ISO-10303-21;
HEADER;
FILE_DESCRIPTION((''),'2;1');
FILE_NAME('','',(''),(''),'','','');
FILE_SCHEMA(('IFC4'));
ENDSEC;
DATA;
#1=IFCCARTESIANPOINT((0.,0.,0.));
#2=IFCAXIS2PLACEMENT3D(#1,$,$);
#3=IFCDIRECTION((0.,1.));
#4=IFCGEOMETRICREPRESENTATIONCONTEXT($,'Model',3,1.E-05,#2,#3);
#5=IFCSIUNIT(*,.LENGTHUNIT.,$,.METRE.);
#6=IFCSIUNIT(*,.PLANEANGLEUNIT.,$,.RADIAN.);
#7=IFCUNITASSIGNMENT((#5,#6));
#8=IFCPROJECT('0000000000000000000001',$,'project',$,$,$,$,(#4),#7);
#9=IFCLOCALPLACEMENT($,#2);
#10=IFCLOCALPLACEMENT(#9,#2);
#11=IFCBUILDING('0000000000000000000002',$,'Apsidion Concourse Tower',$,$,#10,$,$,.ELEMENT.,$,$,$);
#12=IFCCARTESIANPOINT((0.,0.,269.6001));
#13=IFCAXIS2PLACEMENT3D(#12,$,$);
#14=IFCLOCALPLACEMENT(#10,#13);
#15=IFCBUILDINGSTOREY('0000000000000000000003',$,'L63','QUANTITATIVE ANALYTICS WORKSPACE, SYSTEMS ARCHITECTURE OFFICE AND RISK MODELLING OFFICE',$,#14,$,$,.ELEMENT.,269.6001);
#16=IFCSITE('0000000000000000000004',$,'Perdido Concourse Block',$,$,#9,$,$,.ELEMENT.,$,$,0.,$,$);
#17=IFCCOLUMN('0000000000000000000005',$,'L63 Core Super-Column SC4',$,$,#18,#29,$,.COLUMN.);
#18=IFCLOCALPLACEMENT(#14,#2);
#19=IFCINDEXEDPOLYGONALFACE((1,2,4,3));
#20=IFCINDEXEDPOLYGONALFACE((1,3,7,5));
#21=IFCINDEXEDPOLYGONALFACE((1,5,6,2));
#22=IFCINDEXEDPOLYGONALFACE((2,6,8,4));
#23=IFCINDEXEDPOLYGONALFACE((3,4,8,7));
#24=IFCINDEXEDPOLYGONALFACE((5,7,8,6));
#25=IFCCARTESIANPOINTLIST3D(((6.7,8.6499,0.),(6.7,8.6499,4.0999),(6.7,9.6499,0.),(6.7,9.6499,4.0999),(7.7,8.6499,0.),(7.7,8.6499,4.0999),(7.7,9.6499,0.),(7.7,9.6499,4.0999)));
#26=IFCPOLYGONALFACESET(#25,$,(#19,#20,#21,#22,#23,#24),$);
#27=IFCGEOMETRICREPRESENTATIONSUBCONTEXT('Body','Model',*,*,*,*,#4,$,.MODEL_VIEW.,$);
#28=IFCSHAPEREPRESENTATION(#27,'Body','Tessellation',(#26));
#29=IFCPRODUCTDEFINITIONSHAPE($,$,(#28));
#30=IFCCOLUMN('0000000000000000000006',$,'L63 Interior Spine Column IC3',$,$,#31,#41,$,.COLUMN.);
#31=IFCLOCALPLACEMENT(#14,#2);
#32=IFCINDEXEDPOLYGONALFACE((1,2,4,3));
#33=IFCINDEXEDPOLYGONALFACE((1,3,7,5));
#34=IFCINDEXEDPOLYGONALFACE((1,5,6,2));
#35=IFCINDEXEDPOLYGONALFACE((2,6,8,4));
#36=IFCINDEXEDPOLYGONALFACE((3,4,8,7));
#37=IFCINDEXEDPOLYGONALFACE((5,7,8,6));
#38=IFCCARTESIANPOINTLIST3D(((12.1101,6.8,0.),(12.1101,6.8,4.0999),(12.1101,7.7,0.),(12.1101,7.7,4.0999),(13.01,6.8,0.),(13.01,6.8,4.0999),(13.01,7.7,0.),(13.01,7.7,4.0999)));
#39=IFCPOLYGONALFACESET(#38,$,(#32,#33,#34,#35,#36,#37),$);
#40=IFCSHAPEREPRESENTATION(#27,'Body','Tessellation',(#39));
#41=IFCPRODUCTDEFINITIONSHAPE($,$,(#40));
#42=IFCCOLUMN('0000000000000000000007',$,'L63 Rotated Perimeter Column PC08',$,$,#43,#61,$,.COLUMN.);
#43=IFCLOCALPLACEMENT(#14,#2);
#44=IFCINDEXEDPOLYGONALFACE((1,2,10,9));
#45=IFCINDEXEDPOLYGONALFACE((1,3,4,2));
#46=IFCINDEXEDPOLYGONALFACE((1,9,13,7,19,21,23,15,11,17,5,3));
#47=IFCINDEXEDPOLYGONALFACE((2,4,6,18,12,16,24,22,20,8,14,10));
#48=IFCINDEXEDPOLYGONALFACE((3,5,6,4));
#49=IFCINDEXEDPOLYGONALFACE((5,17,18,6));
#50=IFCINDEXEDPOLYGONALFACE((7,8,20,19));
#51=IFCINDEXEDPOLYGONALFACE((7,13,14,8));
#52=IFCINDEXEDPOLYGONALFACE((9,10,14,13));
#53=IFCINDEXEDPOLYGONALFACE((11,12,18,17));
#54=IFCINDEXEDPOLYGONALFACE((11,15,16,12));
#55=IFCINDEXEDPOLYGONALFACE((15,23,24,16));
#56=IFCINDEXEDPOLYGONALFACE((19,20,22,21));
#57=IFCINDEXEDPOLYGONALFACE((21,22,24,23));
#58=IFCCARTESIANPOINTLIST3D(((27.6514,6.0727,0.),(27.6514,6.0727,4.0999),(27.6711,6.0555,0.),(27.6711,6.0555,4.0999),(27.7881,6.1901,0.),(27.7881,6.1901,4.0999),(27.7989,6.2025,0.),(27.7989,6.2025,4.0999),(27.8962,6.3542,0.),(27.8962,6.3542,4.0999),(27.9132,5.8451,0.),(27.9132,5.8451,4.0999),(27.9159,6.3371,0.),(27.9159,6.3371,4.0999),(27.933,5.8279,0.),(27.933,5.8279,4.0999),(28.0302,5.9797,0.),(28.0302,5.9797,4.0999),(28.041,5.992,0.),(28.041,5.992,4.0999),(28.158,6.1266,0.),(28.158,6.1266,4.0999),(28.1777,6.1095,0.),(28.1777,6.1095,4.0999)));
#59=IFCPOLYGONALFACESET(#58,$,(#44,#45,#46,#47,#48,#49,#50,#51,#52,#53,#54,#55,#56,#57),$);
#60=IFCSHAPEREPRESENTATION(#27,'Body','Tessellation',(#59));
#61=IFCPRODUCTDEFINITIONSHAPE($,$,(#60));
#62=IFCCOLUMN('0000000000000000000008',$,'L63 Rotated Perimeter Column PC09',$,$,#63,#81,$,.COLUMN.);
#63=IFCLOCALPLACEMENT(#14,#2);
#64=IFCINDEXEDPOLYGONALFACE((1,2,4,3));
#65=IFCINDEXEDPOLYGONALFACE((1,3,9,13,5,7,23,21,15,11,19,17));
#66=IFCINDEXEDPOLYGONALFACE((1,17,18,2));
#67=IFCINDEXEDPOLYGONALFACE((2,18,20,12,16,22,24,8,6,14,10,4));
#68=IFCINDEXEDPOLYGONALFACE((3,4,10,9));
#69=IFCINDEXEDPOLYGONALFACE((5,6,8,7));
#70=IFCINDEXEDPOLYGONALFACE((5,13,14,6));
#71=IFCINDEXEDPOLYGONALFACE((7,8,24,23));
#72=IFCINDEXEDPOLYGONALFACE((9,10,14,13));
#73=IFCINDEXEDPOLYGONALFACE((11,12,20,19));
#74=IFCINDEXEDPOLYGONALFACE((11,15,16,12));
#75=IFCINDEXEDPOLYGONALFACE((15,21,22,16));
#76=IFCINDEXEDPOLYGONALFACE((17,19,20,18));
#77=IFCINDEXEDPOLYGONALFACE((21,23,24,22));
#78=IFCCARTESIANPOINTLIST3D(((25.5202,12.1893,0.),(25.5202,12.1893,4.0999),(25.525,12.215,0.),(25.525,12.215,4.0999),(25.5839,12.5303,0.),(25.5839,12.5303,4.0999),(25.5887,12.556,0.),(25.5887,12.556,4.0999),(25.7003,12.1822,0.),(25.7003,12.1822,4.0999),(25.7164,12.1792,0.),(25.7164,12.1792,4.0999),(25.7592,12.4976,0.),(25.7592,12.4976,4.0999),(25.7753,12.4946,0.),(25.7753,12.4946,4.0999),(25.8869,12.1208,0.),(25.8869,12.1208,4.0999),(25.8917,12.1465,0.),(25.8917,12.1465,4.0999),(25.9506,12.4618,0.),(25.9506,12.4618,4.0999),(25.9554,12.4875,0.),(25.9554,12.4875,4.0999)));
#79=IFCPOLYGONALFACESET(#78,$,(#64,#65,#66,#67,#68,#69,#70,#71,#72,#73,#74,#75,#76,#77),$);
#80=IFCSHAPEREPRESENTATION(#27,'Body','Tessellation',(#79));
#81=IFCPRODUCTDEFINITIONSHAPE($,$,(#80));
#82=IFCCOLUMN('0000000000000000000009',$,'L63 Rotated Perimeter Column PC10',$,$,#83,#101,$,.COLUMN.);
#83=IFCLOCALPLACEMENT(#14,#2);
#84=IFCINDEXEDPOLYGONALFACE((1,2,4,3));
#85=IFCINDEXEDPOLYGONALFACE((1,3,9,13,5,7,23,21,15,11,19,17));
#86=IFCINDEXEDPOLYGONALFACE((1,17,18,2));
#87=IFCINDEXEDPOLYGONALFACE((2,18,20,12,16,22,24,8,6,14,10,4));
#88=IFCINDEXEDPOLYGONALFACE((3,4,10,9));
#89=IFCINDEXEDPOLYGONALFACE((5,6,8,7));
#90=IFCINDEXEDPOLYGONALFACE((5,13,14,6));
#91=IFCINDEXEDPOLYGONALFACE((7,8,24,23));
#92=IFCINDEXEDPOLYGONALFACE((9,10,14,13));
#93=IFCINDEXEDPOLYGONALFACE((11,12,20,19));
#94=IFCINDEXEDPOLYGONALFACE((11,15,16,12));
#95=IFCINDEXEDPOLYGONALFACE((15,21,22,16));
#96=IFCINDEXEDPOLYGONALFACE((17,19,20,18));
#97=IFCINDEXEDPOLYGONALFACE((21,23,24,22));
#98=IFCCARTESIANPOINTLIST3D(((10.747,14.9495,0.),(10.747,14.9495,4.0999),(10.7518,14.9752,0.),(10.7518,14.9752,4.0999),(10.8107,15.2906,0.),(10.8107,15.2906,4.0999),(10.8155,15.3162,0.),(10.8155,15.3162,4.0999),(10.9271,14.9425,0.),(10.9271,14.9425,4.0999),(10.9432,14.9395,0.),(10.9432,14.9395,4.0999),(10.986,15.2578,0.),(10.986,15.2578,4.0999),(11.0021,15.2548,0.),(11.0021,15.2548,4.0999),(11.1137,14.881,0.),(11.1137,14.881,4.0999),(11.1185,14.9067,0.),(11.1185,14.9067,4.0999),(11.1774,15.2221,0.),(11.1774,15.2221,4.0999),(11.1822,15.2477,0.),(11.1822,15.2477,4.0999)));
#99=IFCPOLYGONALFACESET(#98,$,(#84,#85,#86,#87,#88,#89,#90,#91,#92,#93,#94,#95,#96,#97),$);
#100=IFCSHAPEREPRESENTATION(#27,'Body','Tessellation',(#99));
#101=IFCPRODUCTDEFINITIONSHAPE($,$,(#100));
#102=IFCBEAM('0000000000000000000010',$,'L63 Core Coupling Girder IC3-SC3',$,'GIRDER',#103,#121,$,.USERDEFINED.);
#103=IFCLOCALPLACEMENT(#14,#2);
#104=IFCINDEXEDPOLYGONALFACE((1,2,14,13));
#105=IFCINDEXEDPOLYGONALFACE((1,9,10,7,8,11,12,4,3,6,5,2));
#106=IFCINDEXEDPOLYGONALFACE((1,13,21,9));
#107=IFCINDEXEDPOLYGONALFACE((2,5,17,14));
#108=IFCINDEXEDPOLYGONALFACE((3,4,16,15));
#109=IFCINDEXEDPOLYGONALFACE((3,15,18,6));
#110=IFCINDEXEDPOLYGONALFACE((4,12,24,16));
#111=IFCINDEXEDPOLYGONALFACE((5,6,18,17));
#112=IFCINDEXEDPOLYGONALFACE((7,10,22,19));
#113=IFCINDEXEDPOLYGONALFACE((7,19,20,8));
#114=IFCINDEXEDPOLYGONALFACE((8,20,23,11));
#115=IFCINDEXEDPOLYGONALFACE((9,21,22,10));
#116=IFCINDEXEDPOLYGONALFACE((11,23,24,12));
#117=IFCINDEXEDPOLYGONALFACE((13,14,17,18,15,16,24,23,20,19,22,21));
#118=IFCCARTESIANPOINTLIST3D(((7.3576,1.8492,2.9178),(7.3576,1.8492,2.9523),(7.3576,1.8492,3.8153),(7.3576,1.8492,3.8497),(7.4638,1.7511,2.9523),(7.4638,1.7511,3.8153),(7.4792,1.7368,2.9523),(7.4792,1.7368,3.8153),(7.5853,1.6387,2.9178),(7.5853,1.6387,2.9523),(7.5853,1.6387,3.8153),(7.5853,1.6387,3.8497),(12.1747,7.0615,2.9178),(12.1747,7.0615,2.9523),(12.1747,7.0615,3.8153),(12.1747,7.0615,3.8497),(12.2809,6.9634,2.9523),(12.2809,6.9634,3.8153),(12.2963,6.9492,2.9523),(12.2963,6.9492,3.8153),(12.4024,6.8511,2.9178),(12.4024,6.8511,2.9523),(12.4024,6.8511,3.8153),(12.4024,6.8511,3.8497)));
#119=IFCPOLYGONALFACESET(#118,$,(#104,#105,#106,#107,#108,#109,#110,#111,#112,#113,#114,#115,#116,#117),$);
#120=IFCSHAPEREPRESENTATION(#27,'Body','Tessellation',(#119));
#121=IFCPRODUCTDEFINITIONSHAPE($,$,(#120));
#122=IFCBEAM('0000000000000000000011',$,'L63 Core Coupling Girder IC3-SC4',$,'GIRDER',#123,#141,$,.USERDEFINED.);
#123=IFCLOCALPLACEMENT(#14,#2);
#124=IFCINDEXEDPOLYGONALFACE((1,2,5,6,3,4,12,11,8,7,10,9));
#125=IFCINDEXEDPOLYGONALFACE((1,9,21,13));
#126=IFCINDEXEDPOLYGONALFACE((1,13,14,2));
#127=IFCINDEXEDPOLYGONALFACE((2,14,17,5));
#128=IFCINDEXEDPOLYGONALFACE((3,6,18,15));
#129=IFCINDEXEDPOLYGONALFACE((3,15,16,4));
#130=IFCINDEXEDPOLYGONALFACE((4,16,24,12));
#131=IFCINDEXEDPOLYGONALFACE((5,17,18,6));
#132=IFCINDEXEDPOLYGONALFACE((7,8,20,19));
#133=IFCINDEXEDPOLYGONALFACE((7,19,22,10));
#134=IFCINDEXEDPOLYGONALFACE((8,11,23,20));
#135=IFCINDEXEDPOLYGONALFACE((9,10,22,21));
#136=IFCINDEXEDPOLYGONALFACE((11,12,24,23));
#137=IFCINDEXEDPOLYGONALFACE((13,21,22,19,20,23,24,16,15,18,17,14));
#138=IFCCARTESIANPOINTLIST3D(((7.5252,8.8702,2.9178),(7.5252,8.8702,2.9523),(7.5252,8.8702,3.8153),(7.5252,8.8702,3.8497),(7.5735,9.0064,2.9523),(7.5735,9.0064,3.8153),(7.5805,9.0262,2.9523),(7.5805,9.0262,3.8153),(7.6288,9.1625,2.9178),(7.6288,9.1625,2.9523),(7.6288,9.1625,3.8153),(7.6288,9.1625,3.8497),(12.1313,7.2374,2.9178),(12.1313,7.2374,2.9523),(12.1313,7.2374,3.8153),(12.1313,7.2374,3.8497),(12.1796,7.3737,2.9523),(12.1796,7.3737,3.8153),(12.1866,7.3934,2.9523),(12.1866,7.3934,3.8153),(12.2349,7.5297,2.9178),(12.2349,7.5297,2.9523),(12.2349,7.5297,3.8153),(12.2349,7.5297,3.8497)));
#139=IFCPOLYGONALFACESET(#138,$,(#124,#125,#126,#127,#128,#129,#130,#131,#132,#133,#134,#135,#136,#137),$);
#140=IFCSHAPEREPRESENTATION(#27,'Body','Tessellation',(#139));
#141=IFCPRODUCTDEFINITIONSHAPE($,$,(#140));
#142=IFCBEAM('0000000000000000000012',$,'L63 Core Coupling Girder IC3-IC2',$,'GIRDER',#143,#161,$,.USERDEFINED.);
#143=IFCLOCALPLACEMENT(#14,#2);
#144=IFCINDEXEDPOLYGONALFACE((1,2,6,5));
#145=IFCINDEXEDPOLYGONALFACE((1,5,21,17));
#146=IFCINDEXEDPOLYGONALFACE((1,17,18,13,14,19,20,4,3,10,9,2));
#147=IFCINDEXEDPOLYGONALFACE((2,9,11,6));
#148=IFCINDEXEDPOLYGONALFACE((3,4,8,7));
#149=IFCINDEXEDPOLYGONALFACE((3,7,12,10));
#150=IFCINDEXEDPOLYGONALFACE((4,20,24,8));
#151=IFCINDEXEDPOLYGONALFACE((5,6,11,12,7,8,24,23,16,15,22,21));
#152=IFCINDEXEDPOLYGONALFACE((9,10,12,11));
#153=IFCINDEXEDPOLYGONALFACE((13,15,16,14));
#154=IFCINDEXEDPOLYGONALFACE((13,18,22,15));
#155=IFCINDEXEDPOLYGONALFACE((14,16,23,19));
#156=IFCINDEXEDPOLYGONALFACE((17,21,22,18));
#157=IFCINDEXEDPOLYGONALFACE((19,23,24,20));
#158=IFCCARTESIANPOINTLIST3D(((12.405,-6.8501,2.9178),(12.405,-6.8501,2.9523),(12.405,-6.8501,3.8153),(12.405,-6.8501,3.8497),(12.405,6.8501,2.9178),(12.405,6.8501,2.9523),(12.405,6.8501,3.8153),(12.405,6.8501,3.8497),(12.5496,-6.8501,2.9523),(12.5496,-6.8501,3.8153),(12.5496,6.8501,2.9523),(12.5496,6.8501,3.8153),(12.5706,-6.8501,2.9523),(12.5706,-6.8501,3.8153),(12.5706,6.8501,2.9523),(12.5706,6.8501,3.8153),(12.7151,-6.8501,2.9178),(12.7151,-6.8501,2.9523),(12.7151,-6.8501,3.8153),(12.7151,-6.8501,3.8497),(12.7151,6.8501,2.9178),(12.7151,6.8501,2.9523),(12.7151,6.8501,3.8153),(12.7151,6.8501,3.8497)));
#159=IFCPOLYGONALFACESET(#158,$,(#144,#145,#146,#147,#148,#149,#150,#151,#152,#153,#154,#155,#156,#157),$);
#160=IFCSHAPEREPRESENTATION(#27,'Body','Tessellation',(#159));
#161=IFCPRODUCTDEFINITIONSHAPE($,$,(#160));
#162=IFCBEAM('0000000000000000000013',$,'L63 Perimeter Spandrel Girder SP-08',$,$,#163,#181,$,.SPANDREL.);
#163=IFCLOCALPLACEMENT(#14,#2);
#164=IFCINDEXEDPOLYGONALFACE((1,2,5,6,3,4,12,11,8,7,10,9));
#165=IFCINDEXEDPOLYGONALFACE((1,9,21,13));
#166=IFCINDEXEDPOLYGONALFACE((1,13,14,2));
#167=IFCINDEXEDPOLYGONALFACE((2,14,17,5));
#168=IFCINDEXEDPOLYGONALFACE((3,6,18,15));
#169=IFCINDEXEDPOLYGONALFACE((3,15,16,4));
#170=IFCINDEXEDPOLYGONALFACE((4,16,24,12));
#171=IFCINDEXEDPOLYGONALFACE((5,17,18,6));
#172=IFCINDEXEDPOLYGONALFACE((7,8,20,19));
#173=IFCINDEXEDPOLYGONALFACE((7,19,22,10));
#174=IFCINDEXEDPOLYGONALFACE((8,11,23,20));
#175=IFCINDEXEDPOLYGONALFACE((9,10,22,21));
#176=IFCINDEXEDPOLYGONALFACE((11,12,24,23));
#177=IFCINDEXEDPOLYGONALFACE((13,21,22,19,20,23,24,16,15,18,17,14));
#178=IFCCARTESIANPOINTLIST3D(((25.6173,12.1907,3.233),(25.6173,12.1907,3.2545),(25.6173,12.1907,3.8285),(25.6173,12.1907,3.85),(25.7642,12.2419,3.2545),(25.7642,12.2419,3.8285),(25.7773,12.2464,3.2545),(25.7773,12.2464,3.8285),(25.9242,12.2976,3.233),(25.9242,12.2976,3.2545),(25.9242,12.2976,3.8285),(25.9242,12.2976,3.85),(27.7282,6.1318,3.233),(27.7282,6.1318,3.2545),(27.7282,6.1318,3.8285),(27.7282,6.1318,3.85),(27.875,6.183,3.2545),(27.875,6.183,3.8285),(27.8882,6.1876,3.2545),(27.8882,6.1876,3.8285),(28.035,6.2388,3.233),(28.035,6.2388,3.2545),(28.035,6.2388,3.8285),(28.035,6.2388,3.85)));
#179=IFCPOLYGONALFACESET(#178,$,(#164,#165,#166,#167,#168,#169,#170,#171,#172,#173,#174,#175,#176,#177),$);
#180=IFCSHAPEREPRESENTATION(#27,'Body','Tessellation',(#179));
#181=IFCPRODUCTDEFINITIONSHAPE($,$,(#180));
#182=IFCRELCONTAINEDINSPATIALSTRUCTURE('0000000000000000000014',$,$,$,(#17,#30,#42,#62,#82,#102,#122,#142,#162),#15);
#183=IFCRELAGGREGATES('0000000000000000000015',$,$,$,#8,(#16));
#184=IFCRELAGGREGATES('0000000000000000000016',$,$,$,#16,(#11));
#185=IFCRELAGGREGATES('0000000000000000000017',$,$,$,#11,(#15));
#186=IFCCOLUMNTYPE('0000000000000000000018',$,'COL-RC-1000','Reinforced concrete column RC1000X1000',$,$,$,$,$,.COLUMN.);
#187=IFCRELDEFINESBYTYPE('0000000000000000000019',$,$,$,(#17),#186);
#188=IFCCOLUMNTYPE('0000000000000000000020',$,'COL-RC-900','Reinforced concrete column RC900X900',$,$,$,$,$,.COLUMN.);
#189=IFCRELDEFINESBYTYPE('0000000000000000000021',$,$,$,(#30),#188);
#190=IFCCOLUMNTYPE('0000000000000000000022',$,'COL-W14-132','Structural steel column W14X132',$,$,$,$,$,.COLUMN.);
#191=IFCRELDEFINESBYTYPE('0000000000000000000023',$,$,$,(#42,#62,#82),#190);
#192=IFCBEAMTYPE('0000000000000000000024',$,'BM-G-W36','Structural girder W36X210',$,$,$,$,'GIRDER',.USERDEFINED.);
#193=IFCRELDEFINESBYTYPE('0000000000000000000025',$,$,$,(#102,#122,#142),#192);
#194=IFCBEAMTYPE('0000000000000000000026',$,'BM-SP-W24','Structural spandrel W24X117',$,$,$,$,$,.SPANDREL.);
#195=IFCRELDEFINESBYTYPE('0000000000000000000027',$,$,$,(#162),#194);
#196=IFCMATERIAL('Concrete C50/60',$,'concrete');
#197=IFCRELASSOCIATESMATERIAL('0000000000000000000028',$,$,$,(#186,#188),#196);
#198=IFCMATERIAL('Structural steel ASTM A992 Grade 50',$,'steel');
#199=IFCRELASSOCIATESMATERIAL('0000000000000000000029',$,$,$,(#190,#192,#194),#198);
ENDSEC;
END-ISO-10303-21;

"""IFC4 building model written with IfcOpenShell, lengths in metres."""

from ifc_helpers import new_model, si_unit, direction, frame, origin, origin_2d, place, context, subcontext, project, spatial, rectangle, i_section, extrude, material, material_profile, profile_set, type_object, element, save


model = new_model("IFC4")

# Units and contexts
model_context = context("Model", 3, precision=1e-05, world=origin(), true_north=direction((0.0, 1.0)))
body_context = subcontext(model_context, "Body", "Model", "MODEL_VIEW")
ifc_project = project(units=[si_unit("LENGTHUNIT", "METRE"), si_unit("PLANEANGLEUNIT", "RADIAN")], contexts=[model_context])

# Site, building, storey
site_placement = place(None, origin())
site = spatial("IfcSite", under=ifc_project, at=site_placement, Name="Perdido Concourse Block", CompositionType="ELEMENT", RefElevation=0.0)
building_placement = place(site_placement, origin())
building = spatial("IfcBuilding", under=site, at=building_placement, Name="Apsidion Concourse Tower", CompositionType="ELEMENT")
storey_placement = place(building_placement, frame((0.0, 0.0, 269.6001)))
storey = spatial("IfcBuildingStorey", under=building, at=storey_placement, Name="L63", Description="QUANTITATIVE ANALYTICS WORKSPACE, SYSTEMS ARCHITECTURE OFFICE AND RISK MODELLING OFFICE", CompositionType="ELEMENT", Elevation=269.6001)

# Columns
ifc_material_1 = material(Name="Concrete C50/60", Category="concrete")
ifc_material_profile_1 = material_profile(ifc_material_1, rectangle(XDim=1.0, YDim=1.0, at=origin_2d()), Name="RC 1000x1000")
ifc_profile_set_1 = profile_set([ifc_material_profile_1], Name="Concrete C50/60")
column_type_1 = type_object("IfcColumnType", Name="COL-RC-1000", Description="Reinforced concrete column RC1000X1000", PredefinedType="COLUMN", material=ifc_profile_set_1)
column_1_placement = place(storey_placement, frame((7.2, 9.1499, 0.0), z_axis=(0.0, 0.0, 1.0), x_axis=(1.0, 0.0, 0.0)))
element("IfcColumn", 1, at=column_1_placement, inside=storey, type_object=column_type_1, Name="L63 Core Super-Column SC4", PredefinedType="COLUMN", context=body_context, shape_type="SweptSolid", body=[
    extrude(rectangle(XDim=1.0, YDim=1.0, at=origin_2d()), origin(), (0.0, 0.0, 1.0), 4.0999),
])
ifc_material_profile_2 = material_profile(ifc_material_1, rectangle(XDim=0.8999, YDim=0.8999, at=origin_2d()), Name="RC 900x900")
ifc_profile_set_2 = profile_set([ifc_material_profile_2], Name="Concrete C50/60")
column_type_2 = type_object("IfcColumnType", Name="COL-RC-900", Description="Reinforced concrete column RC900X900", PredefinedType="COLUMN", material=ifc_profile_set_2)
column_2_placement = place(storey_placement, frame((12.5601, 7.25, 0.0), z_axis=(0.0, 0.0, 1.0), x_axis=(1.0, 0.0, 0.0)))
element("IfcColumn", 2, at=column_2_placement, inside=storey, type_object=column_type_2, Name="L63 Interior Spine Column IC3", PredefinedType="COLUMN", context=body_context, shape_type="SweptSolid", body=[
    extrude(rectangle(XDim=0.8999, YDim=0.8999, at=origin_2d()), origin(), (0.0, 0.0, 1.0), 4.0999),
])
ifc_material_2 = material(Name="Structural steel ASTM A992 Grade 50", Category="steel")
ifc_material_profile_3 = material_profile(ifc_material_2, i_section(OverallWidth=0.373, OverallDepth=0.373, WebThickness=0.0164, FlangeThickness=0.0261, at=origin_2d()), Name="W14X132")
ifc_profile_set_3 = profile_set([ifc_material_profile_3], Name="Structural steel ASTM A992 Grade 50")
column_type_3 = type_object("IfcColumnType", Name="COL-W14-132", Description="Structural steel column W14X132", PredefinedType="COLUMN", material=ifc_profile_set_3)
for number, where, z_axis, x_axis, name in (
    (3, (27.9146, 6.0911, 0.0), (0.0, 0.0, 1.0), (0.656059, 0.75471, 0.0), "L63 Rotated Perimeter Column PC08"),
    (4, (25.7378, 12.3384, 0.0), (0.0, 0.0, 1.0), (-0.983, 0.183608, 0.0), "L63 Rotated Perimeter Column PC09"),
    (5, (10.9646, 15.0986, 0.0), (0.0, 0.0, 1.0), (-0.983, 0.183608, 0.0), "L63 Rotated Perimeter Column PC10"),
):
    element("IfcColumn", number, at=place(storey_placement, frame(where, z_axis=z_axis, x_axis=x_axis)), inside=storey, type_object=column_type_3, Name=name, PredefinedType="COLUMN", context=body_context, shape_type="SweptSolid", body=[
        extrude(i_section(OverallWidth=0.373, OverallDepth=0.373, WebThickness=0.0164, FlangeThickness=0.0261, at=origin_2d()), origin(), (0.0, 0.0, 1.0), 4.0999),
    ])

# Beams
ifc_material_profile_4 = material_profile(ifc_material_2, i_section(OverallWidth=0.3101, OverallDepth=0.9319, WebThickness=0.021, FlangeThickness=0.0344, at=origin_2d()), Name="W36X210")
ifc_profile_set_4 = profile_set([ifc_material_profile_4], Name="Structural steel ASTM A992 Grade 50")
beam_type_1 = type_object("IfcBeamType", Name="BM-G-W36", Description="Structural girder W36X210", ElementType="GIRDER", PredefinedType="USERDEFINED", material=ifc_profile_set_4)
beam_1_placement = place(storey_placement, frame((12.2886, 6.9563, 3.3838), z_axis=(-0.678713, -0.734404, 0.0), x_axis=(0.734404, -0.678713, 0.0)))
element("IfcBeam", 6, at=beam_1_placement, inside=storey, type_object=beam_type_1, Name="L63 Core Coupling Girder IC3-SC3", ObjectType="GIRDER", PredefinedType="USERDEFINED", context=body_context, shape_type="SweptSolid", body=[
    extrude(i_section(OverallWidth=0.3101, OverallDepth=0.9319, WebThickness=0.021, FlangeThickness=0.0344, at=origin_2d()), origin(), (0.0, 0.0, 1.0), 7.0974),
])
beam_2_placement = place(storey_placement, frame((12.1831, 7.3835, 3.3838), z_axis=(-0.942534, 0.334111, 0.0), x_axis=(-0.334111, -0.942534, 0.0)))
element("IfcBeam", 7, at=beam_2_placement, inside=storey, type_object=beam_type_1, Name="L63 Core Coupling Girder IC3-SC4", ObjectType="GIRDER", PredefinedType="USERDEFINED", context=body_context, shape_type="SweptSolid", body=[
    extrude(i_section(OverallWidth=0.3101, OverallDepth=0.9319, WebThickness=0.021, FlangeThickness=0.0344, at=origin_2d()), origin(), (0.0, 0.0, 1.0), 4.887),
])
beam_3_placement = place(storey_placement, frame((12.5601, 6.8501, 3.3838), z_axis=(0.0, -1.0, 0.0), x_axis=(1.0, 0.0, 0.0)))
element("IfcBeam", 8, at=beam_3_placement, inside=storey, type_object=beam_type_1, Name="L63 Core Coupling Girder IC3-IC2", ObjectType="GIRDER", PredefinedType="USERDEFINED", context=body_context, shape_type="SweptSolid", body=[
    extrude(i_section(OverallWidth=0.3101, OverallDepth=0.9319, WebThickness=0.021, FlangeThickness=0.0344, at=origin_2d()), origin(), (0.0, 0.0, 1.0), 13.7002),
])
ifc_material_profile_5 = material_profile(ifc_material_2, i_section(OverallWidth=0.325, OverallDepth=0.6169, WebThickness=0.0139, FlangeThickness=0.0215, at=origin_2d()), Name="W24X117")
ifc_profile_set_5 = profile_set([ifc_material_profile_5], Name="Structural steel ASTM A992 Grade 50")
beam_type_2 = type_object("IfcBeamType", Name="BM-SP-W24", Description="Structural spandrel W24X117", PredefinedType="SPANDREL", material=ifc_profile_set_5)
beam_4_placement = place(storey_placement, frame((27.8816, 6.1853, 3.5415), z_axis=(-0.328996, 0.944331, 0.0), x_axis=(-0.944331, -0.328996, 0.0)))
element("IfcBeam", 9, at=beam_4_placement, inside=storey, type_object=beam_type_2, Name="L63 Perimeter Spandrel Girder SP-08", PredefinedType="SPANDREL", context=body_context, shape_type="SweptSolid", body=[
    extrude(i_section(OverallWidth=0.325, OverallDepth=0.6169, WebThickness=0.0139, FlangeThickness=0.0215, at=origin_2d()), origin(), (0.0, 0.0, 1.0), 6.416),
])

save(model, "model.ifc")
